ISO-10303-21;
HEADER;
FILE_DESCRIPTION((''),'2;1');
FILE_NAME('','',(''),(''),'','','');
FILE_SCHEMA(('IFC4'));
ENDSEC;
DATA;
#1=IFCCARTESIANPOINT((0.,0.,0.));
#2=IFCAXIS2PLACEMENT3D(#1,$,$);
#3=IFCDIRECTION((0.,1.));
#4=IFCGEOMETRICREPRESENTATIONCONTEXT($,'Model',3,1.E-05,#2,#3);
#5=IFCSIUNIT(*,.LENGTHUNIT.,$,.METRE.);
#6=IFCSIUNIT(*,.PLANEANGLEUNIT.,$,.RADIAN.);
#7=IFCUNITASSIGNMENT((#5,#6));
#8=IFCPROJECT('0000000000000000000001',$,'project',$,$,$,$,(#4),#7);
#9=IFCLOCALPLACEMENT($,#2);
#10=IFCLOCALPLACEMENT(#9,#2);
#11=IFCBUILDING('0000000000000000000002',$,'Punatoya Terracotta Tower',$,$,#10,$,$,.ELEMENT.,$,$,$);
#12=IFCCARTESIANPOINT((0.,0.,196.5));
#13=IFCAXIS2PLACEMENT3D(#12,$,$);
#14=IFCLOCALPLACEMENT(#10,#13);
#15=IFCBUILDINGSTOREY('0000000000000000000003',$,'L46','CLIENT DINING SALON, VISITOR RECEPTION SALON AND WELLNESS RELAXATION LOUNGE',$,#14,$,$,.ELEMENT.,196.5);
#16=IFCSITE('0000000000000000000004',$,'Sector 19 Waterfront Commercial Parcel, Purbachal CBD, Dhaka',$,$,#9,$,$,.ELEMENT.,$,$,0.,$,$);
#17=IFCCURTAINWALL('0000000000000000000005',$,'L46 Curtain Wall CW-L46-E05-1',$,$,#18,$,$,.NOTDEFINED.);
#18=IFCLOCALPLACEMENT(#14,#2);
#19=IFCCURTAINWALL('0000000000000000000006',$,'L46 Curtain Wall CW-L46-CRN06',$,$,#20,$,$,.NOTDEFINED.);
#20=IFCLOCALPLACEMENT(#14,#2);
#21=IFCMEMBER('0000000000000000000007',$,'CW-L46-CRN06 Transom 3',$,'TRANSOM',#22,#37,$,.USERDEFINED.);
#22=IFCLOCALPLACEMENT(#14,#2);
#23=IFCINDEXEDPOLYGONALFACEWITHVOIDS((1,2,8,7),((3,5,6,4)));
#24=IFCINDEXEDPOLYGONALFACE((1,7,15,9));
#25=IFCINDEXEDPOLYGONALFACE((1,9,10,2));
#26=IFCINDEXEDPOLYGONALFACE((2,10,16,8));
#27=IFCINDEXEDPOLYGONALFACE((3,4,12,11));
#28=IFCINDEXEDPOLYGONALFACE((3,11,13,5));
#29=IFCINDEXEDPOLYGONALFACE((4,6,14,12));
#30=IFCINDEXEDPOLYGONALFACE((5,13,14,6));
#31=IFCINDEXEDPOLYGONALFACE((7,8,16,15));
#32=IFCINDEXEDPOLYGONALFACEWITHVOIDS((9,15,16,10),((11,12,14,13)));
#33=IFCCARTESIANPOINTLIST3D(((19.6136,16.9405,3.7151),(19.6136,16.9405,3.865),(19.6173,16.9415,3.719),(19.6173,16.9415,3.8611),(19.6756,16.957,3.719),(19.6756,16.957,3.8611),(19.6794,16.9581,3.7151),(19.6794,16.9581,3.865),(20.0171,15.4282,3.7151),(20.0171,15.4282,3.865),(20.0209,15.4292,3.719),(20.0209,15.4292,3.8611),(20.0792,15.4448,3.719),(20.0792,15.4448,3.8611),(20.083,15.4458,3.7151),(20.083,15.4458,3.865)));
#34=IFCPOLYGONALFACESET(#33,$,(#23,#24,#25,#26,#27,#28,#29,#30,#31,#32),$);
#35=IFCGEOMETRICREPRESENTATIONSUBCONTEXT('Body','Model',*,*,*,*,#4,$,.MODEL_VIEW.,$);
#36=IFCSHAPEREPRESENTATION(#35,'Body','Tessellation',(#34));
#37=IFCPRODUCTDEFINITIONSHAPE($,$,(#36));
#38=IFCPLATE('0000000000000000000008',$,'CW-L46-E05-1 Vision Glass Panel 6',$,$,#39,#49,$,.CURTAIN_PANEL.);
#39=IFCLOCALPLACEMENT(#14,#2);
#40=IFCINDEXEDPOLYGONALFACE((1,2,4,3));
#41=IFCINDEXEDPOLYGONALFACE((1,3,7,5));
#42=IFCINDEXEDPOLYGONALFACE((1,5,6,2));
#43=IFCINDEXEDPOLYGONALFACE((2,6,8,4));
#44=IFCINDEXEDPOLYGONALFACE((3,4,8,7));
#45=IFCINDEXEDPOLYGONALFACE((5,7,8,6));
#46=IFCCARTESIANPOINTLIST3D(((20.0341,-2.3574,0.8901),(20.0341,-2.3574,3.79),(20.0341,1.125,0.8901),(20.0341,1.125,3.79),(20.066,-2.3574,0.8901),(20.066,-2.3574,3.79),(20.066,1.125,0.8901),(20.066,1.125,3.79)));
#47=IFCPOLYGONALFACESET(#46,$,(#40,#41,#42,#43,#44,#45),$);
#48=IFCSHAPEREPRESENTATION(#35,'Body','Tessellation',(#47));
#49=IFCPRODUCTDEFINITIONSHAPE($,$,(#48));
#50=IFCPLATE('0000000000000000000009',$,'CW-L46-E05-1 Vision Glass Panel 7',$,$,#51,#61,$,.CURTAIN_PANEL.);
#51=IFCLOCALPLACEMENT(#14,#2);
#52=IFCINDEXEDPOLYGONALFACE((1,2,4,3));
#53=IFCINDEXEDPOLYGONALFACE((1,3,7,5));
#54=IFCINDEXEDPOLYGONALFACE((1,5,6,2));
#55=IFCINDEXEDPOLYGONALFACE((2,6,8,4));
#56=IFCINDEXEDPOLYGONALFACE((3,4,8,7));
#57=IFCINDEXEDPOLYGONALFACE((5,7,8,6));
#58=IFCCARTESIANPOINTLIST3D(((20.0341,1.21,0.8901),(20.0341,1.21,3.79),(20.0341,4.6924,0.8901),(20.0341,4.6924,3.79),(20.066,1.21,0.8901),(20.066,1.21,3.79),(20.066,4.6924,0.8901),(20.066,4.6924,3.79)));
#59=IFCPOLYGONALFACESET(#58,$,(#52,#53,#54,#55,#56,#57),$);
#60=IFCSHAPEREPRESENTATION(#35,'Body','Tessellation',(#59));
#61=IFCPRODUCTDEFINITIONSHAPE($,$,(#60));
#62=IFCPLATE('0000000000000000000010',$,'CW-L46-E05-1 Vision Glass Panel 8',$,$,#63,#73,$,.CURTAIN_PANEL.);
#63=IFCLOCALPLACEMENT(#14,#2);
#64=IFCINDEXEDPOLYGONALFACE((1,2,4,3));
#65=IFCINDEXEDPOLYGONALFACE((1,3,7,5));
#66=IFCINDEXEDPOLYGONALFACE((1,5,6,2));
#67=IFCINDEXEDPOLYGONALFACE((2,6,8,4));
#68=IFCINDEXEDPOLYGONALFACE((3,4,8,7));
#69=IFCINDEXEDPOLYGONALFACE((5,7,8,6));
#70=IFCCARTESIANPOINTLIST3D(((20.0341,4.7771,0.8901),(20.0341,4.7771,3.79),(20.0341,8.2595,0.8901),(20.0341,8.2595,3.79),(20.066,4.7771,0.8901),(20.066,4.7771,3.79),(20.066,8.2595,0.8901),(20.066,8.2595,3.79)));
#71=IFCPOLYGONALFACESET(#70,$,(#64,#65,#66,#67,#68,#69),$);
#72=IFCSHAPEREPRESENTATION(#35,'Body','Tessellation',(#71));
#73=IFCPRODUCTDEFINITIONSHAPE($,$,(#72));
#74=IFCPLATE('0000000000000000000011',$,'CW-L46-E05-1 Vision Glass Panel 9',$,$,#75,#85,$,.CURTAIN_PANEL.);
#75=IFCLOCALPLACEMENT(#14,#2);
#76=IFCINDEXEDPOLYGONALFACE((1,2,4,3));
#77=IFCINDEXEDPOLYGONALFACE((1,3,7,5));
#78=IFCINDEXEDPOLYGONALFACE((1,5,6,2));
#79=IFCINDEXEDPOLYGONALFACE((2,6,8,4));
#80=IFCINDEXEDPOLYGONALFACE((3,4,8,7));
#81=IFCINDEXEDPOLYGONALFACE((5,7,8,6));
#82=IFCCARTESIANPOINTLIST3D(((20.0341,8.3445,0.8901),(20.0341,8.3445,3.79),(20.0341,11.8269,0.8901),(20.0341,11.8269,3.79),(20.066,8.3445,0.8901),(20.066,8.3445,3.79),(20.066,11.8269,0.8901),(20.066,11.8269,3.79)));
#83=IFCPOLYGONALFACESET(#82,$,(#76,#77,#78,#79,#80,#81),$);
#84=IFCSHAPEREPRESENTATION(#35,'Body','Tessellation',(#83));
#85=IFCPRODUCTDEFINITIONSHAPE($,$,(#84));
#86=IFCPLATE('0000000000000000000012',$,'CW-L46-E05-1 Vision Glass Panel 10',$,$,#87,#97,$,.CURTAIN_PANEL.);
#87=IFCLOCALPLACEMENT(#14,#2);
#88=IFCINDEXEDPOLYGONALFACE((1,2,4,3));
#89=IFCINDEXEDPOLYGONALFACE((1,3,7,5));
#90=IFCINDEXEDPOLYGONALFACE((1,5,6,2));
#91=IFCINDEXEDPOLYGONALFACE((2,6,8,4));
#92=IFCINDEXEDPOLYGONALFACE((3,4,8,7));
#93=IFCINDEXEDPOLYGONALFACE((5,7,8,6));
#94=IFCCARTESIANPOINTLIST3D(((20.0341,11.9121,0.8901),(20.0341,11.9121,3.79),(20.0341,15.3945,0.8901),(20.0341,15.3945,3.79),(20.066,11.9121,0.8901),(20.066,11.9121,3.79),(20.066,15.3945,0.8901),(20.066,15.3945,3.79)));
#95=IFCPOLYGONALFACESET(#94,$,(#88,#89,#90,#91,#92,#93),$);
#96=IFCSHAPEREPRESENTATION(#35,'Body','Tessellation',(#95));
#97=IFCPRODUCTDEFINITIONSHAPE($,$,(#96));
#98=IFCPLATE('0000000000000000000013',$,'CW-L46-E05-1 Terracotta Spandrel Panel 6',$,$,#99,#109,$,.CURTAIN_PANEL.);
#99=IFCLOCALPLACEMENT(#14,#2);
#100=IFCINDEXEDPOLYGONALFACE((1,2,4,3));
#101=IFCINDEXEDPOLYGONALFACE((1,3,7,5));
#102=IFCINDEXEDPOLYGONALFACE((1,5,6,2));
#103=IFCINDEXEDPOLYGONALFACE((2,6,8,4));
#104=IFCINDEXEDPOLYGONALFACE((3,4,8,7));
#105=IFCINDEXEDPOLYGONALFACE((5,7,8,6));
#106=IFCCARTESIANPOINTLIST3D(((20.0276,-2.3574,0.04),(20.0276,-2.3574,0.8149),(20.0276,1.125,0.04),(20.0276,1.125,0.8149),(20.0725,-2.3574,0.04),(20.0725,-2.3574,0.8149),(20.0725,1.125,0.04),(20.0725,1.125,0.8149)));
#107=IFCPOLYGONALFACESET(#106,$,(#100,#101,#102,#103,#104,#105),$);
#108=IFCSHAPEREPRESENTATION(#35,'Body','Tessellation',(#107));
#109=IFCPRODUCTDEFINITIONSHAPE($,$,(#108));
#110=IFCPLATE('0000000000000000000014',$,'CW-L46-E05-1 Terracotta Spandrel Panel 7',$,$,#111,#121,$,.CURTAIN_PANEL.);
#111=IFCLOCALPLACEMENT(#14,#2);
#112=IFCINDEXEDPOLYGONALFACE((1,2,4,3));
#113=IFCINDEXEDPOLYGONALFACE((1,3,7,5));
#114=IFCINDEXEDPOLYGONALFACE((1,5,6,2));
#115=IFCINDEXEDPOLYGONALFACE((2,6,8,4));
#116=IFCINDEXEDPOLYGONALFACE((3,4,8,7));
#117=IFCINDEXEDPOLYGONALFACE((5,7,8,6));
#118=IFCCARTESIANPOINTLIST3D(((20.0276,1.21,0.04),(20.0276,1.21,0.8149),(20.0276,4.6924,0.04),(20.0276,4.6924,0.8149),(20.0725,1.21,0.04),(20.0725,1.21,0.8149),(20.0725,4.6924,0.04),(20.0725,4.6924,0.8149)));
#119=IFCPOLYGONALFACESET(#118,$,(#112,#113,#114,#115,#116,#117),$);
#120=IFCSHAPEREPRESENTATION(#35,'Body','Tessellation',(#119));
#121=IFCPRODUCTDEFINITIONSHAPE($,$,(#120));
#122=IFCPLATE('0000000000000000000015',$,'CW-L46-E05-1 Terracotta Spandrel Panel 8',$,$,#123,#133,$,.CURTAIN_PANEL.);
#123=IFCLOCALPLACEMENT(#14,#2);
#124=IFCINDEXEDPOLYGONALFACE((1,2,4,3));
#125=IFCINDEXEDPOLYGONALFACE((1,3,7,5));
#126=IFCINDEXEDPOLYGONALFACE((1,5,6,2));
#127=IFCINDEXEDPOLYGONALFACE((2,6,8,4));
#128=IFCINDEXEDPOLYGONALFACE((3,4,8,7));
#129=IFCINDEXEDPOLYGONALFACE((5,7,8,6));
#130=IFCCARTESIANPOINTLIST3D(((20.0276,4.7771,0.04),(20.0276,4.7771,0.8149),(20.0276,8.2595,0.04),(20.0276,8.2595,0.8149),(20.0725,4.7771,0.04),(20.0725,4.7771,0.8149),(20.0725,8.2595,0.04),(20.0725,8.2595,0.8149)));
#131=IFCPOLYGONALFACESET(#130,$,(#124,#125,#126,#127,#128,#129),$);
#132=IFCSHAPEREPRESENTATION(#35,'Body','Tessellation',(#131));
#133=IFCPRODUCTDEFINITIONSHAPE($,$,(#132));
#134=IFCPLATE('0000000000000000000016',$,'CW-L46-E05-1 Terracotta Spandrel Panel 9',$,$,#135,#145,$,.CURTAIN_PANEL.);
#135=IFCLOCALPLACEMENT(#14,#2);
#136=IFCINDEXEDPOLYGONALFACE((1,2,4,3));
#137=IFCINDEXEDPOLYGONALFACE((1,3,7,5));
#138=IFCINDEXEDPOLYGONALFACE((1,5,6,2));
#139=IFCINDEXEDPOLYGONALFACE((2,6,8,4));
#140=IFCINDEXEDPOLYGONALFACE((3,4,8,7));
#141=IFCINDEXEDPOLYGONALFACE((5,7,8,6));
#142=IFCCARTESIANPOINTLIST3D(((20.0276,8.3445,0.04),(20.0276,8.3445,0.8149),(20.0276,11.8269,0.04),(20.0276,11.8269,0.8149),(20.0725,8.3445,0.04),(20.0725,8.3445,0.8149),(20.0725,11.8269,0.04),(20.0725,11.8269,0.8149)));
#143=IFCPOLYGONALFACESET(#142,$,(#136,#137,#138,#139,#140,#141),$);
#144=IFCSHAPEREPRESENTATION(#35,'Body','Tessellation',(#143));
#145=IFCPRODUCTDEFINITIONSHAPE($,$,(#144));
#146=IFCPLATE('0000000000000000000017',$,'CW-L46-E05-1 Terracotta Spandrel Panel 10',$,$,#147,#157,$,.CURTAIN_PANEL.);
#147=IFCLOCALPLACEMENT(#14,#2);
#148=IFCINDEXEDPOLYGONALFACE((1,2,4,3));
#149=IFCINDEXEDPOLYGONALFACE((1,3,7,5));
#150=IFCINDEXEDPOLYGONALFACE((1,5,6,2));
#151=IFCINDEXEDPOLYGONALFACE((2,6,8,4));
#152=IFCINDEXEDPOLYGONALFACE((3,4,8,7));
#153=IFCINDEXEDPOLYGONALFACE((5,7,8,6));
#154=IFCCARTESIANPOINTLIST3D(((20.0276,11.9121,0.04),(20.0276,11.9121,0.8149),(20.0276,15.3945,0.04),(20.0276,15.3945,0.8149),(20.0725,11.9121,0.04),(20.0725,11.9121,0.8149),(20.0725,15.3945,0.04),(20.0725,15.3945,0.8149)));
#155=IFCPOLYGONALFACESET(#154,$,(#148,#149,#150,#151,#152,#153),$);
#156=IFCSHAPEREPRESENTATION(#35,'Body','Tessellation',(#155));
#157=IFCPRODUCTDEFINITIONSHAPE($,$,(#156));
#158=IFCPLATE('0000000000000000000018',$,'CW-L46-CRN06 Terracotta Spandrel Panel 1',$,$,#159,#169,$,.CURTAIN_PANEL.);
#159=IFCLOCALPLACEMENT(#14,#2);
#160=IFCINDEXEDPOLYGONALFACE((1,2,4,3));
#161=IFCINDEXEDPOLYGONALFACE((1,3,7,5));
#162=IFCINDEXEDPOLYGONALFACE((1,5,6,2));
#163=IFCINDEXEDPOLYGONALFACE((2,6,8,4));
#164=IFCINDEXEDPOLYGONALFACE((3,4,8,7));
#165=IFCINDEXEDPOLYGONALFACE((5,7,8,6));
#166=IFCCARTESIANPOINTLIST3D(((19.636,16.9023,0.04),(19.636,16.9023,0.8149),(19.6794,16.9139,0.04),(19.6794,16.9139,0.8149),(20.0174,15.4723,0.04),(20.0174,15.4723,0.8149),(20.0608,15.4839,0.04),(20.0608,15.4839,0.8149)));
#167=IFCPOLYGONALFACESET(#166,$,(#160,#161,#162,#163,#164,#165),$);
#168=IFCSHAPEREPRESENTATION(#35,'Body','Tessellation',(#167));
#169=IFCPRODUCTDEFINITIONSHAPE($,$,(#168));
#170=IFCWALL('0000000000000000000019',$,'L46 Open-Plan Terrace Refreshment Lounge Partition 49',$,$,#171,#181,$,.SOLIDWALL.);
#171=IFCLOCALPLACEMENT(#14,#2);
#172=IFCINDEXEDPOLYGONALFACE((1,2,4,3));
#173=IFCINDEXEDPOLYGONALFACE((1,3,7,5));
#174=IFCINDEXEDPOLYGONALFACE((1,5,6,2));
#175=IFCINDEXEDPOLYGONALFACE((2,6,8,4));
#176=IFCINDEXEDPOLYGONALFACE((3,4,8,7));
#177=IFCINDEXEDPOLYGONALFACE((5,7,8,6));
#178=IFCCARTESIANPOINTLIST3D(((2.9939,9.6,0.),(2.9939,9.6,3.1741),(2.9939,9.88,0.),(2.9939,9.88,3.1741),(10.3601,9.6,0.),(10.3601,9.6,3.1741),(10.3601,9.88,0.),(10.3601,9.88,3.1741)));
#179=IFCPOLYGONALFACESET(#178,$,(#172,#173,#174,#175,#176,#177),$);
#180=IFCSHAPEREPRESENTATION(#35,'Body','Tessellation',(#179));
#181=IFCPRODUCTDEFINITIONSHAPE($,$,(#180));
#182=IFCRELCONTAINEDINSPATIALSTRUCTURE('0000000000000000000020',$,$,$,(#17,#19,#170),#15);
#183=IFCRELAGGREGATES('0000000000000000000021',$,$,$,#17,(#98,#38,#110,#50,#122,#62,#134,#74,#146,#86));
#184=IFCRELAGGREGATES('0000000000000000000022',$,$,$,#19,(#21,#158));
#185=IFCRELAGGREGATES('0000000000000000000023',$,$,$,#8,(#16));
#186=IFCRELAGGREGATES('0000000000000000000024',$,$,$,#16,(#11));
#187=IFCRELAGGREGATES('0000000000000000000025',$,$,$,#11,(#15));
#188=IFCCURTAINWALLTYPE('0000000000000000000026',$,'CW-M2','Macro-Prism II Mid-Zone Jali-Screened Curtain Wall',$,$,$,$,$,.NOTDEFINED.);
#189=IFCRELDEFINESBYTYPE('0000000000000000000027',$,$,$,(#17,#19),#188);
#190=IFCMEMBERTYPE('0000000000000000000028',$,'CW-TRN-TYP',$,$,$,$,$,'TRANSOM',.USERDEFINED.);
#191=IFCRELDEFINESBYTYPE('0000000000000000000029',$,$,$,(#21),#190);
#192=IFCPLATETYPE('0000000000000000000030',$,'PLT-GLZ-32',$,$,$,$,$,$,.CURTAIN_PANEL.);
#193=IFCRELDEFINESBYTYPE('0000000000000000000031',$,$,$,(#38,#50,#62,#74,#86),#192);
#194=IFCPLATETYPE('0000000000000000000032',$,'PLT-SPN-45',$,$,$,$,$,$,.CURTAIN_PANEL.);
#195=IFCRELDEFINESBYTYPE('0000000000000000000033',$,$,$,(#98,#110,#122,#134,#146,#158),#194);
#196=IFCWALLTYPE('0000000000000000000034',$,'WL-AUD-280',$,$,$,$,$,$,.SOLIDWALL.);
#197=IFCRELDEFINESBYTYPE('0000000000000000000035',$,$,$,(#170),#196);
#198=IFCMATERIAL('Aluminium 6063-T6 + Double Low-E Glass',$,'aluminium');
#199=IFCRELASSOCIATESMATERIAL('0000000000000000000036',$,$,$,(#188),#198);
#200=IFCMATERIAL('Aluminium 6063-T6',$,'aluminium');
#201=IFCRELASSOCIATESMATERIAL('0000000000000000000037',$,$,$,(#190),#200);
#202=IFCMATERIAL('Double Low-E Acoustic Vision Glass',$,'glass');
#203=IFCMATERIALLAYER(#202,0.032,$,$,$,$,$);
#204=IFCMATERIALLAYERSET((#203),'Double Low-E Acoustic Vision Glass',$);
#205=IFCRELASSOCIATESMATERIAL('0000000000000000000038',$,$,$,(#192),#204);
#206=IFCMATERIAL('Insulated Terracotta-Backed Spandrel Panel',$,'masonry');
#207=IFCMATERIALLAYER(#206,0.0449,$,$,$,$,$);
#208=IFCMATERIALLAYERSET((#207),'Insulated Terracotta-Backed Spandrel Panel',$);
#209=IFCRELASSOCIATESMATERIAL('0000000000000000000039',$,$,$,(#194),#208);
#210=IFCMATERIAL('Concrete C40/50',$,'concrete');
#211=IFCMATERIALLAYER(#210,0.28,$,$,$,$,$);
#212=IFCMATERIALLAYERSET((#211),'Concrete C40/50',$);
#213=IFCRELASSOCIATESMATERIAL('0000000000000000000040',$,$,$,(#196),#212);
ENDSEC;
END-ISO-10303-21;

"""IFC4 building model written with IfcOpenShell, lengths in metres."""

from ifc_helpers import new_model, si_unit, direction, frame, frame_2d, origin, origin_2d, place, context, subcontext, project, spatial, rectangle, hollow_rectangle, extrude, material, layer, layer_set, material_profile, profile_set, type_object, element, aggregate, save


model = new_model("IFC4")

# Units and contexts
model_context = context("Model", 3, precision=1e-05, world=origin(), true_north=direction((0.0, 1.0)))
body_context = subcontext(model_context, "Body", "Model", "MODEL_VIEW")
ifc_project = project(units=[si_unit("LENGTHUNIT", "METRE"), si_unit("PLANEANGLEUNIT", "RADIAN")], contexts=[model_context])

# Site, building, storey
site_placement = place(None, origin())
site = spatial("IfcSite", under=ifc_project, at=site_placement, Name="Sector 19 Waterfront Commercial Parcel, Purbachal CBD, Dhaka", CompositionType="ELEMENT", RefElevation=0.0)
building_placement = place(site_placement, origin())
building = spatial("IfcBuilding", under=site, at=building_placement, Name="Punatoya Terracotta Tower", CompositionType="ELEMENT")
storey_placement = place(building_placement, frame((0.0, 0.0, 196.5)))
storey = spatial("IfcBuildingStorey", under=building, at=storey_placement, Name="L46", Description="CLIENT DINING SALON, VISITOR RECEPTION SALON AND WELLNESS RELAXATION LOUNGE", CompositionType="ELEMENT", Elevation=196.5)

# Curtain walls, member
ifc_material_1 = material(Name="Aluminium 6063-T6 + Double Low-E Glass", Category="aluminium")
curtain_wall_type = type_object("IfcCurtainWallType", Name="CW-M2", Description="Macro-Prism II Mid-Zone Jali-Screened Curtain Wall", PredefinedType="NOTDEFINED", material=ifc_material_1)
curtain_wall_1_placement = place(storey_placement, origin())
curtain_wall_1 = element("IfcCurtainWall", 1, at=curtain_wall_1_placement, inside=storey, type_object=curtain_wall_type, Name="L46 Curtain Wall CW-L46-E05-1", PredefinedType="NOTDEFINED")
ifc_material_2 = material(Name="Aluminium 6063-T6", Category="aluminium")
curtain_wall_2_placement = place(storey_placement, origin())
curtain_wall_2 = element("IfcCurtainWall", 2, at=curtain_wall_2_placement, inside=storey, type_object=curtain_wall_type, Name="L46 Curtain Wall CW-L46-CRN06", PredefinedType="NOTDEFINED")
ifc_material_profile_1 = material_profile(ifc_material_2, hollow_rectangle(XDim=0.0681, YDim=0.1499, WallThickness=0.0039, at=origin_2d()))
ifc_profile_set_1 = profile_set([ifc_material_profile_1], Name="Aluminium 6063-T6")
member_type_1 = type_object("IfcMemberType", Name="CW-TRN-TYP", ElementType="TRANSOM", PredefinedType="USERDEFINED", material=ifc_profile_set_1)
member_1_placement = place(storey_placement, frame((20.05, 15.437, 3.79), z_axis=(-0.257847, 0.966186, 0.0), x_axis=(-0.966186, -0.257847, 0.0)))
member_1 = element("IfcMember", 3, at=member_1_placement, type_object=member_type_1, Name="CW-L46-CRN06 Transom 3", ObjectType="TRANSOM", PredefinedType="USERDEFINED", context=body_context, shape_type="SweptSolid", body=[
    extrude(hollow_rectangle(XDim=0.0681, YDim=0.1499, WallThickness=0.0039, at=origin_2d()), origin(), (0.0, 0.0, 1.0), 1.5652),
])

# Plates
ifc_material_3 = material(Name="Double Low-E Acoustic Vision Glass", Category="glass")
ifc_layer_1 = layer(ifc_material_3, 0.032)
ifc_layer_set_1 = layer_set([ifc_layer_1], Name="Double Low-E Acoustic Vision Glass")
plate_type_1 = type_object("IfcPlateType", Name="PLT-GLZ-32", PredefinedType="CURTAIN_PANEL", material=ifc_layer_set_1)
plate_1_placement = place(storey_placement, frame((20.05, -0.6162, 0.8901), z_axis=(0.0, 0.0, 1.0), x_axis=(0.0, 1.0, 0.0)))
plate_1 = element("IfcPlate", 4, at=plate_1_placement, type_object=plate_type_1, Name="CW-L46-E05-1 Vision Glass Panel 6", PredefinedType="CURTAIN_PANEL", context=body_context, shape_type="SweptSolid", body=[
    extrude(rectangle(XDim=3.4824, YDim=0.032, at=origin_2d()), origin(), (0.0, 0.0, 1.0), 2.8999),
])
plate_2_placement = place(storey_placement, frame((20.05, 2.9512, 0.8901), z_axis=(0.0, 0.0, 1.0), x_axis=(0.0, 1.0, 0.0)))
plate_2 = element("IfcPlate", 5, at=plate_2_placement, type_object=plate_type_1, Name="CW-L46-E05-1 Vision Glass Panel 7", PredefinedType="CURTAIN_PANEL", context=body_context, shape_type="SweptSolid", body=[
    extrude(rectangle(XDim=3.4824, YDim=0.032, at=origin_2d()), origin(), (0.0, 0.0, 1.0), 2.8999),
])
plate_3_placement = place(storey_placement, frame((20.05, 6.5183, 0.8901), z_axis=(0.0, 0.0, 1.0), x_axis=(0.0, 1.0, 0.0)))
plate_3 = element("IfcPlate", 6, at=plate_3_placement, type_object=plate_type_1, Name="CW-L46-E05-1 Vision Glass Panel 8", PredefinedType="CURTAIN_PANEL", context=body_context, shape_type="SweptSolid", body=[
    extrude(rectangle(XDim=3.4824, YDim=0.032, at=origin_2d()), origin(), (0.0, 0.0, 1.0), 2.8999),
])
plate_4_placement = place(storey_placement, frame((20.05, 10.0857, 0.8901), z_axis=(0.0, 0.0, 1.0), x_axis=(0.0, 1.0, 0.0)))
plate_4 = element("IfcPlate", 7, at=plate_4_placement, type_object=plate_type_1, Name="CW-L46-E05-1 Vision Glass Panel 9", PredefinedType="CURTAIN_PANEL", context=body_context, shape_type="SweptSolid", body=[
    extrude(rectangle(XDim=3.4824, YDim=0.032, at=origin_2d()), origin(), (0.0, 0.0, 1.0), 2.8999),
])
plate_5_placement = place(storey_placement, frame((20.05, 13.6533, 0.8901), z_axis=(0.0, 0.0, 1.0), x_axis=(0.0, 1.0, 0.0)))
plate_5 = element("IfcPlate", 8, at=plate_5_placement, type_object=plate_type_1, Name="CW-L46-E05-1 Vision Glass Panel 10", PredefinedType="CURTAIN_PANEL", context=body_context, shape_type="SweptSolid", body=[
    extrude(rectangle(XDim=3.4824, YDim=0.032, at=origin_2d()), origin(), (0.0, 0.0, 1.0), 2.8999),
])
ifc_material_4 = material(Name="Insulated Terracotta-Backed Spandrel Panel", Category="masonry")
ifc_layer_2 = layer(ifc_material_4, 0.0449)
ifc_layer_set_2 = layer_set([ifc_layer_2], Name="Insulated Terracotta-Backed Spandrel Panel")
plate_type_2 = type_object("IfcPlateType", Name="PLT-SPN-45", PredefinedType="CURTAIN_PANEL", material=ifc_layer_set_2)
plate_6_placement = place(storey_placement, frame((20.05, -0.6162, 0.04), z_axis=(0.0, 0.0, 1.0), x_axis=(0.0, 1.0, 0.0)))
plate_6 = element("IfcPlate", 9, at=plate_6_placement, type_object=plate_type_2, Name="CW-L46-E05-1 Terracotta Spandrel Panel 6", PredefinedType="CURTAIN_PANEL", context=body_context, shape_type="SweptSolid", body=[
    extrude(rectangle(XDim=3.4824, YDim=0.0449, at=origin_2d()), origin(), (0.0, 0.0, 1.0), 0.7749),
])
plate_7_placement = place(storey_placement, frame((20.05, 2.9512, 0.04), z_axis=(0.0, 0.0, 1.0), x_axis=(0.0, 1.0, 0.0)))
plate_7 = element("IfcPlate", 10, at=plate_7_placement, type_object=plate_type_2, Name="CW-L46-E05-1 Terracotta Spandrel Panel 7", PredefinedType="CURTAIN_PANEL", context=body_context, shape_type="SweptSolid", body=[
    extrude(rectangle(XDim=3.4824, YDim=0.0449, at=origin_2d()), origin(), (0.0, 0.0, 1.0), 0.7749),
])
plate_8_placement = place(storey_placement, frame((20.05, 6.5183, 0.04), z_axis=(0.0, 0.0, 1.0), x_axis=(0.0, 1.0, 0.0)))
plate_8 = element("IfcPlate", 11, at=plate_8_placement, type_object=plate_type_2, Name="CW-L46-E05-1 Terracotta Spandrel Panel 8", PredefinedType="CURTAIN_PANEL", context=body_context, shape_type="SweptSolid", body=[
    extrude(rectangle(XDim=3.4824, YDim=0.0449, at=origin_2d()), origin(), (0.0, 0.0, 1.0), 0.7749),
])
plate_9_placement = place(storey_placement, frame((20.05, 10.0857, 0.04), z_axis=(0.0, 0.0, 1.0), x_axis=(0.0, 1.0, 0.0)))
plate_9 = element("IfcPlate", 12, at=plate_9_placement, type_object=plate_type_2, Name="CW-L46-E05-1 Terracotta Spandrel Panel 9", PredefinedType="CURTAIN_PANEL", context=body_context, shape_type="SweptSolid", body=[
    extrude(rectangle(XDim=3.4824, YDim=0.0449, at=origin_2d()), origin(), (0.0, 0.0, 1.0), 0.7749),
])
plate_10_placement = place(storey_placement, frame((20.05, 13.6533, 0.04), z_axis=(0.0, 0.0, 1.0), x_axis=(0.0, 1.0, 0.0)))
plate_10 = element("IfcPlate", 13, at=plate_10_placement, type_object=plate_type_2, Name="CW-L46-E05-1 Terracotta Spandrel Panel 10", PredefinedType="CURTAIN_PANEL", context=body_context, shape_type="SweptSolid", body=[
    extrude(rectangle(XDim=3.4824, YDim=0.0449, at=origin_2d()), origin(), (0.0, 0.0, 1.0), 0.7749),
])
aggregate(curtain_wall_1, [plate_6, plate_1, plate_7, plate_2, plate_8, plate_3, plate_9, plate_4, plate_10, plate_5])
plate_11_placement = place(storey_placement, frame((19.8484, 16.1931, 0.04), z_axis=(0.0, 0.0, 1.0), x_axis=(-0.257742, 0.966214, 0.0)))
plate_11 = element("IfcPlate", 14, at=plate_11_placement, type_object=plate_type_2, Name="CW-L46-CRN06 Terracotta Spandrel Panel 1", PredefinedType="CURTAIN_PANEL", context=body_context, shape_type="SweptSolid", body=[
    extrude(rectangle(XDim=1.48, YDim=0.0449, at=origin_2d()), origin(), (0.0, 0.0, 1.0), 0.7749),
])
aggregate(curtain_wall_2, [member_1, plate_11])

# Wall
ifc_material_5 = material(Name="Concrete C40/50", Category="concrete")
ifc_layer_3 = layer(ifc_material_5, 0.28)
ifc_layer_set_3 = layer_set([ifc_layer_3], Name="Concrete C40/50")
wall_type = type_object("IfcWallType", Name="WL-AUD-280", PredefinedType="SOLIDWALL", material=ifc_layer_set_3)
wall_placement = place(storey_placement, frame((10.3601, 9.74, 0.0), z_axis=(0.0, 0.0, 1.0), x_axis=(-1.0, 0.0, 0.0)))
element("IfcWall", 15, at=wall_placement, inside=storey, type_object=wall_type, Name="L46 Open-Plan Terrace Refreshment Lounge Partition 49", PredefinedType="SOLIDWALL", context=body_context, shape_type="SweptSolid", body=[
    extrude(rectangle(XDim=7.3662, YDim=0.28, at=frame_2d((3.6831, 0.0))), origin(), (0.0, 0.0, 1.0), 3.1741),
])

save(model, "model.ifc")
